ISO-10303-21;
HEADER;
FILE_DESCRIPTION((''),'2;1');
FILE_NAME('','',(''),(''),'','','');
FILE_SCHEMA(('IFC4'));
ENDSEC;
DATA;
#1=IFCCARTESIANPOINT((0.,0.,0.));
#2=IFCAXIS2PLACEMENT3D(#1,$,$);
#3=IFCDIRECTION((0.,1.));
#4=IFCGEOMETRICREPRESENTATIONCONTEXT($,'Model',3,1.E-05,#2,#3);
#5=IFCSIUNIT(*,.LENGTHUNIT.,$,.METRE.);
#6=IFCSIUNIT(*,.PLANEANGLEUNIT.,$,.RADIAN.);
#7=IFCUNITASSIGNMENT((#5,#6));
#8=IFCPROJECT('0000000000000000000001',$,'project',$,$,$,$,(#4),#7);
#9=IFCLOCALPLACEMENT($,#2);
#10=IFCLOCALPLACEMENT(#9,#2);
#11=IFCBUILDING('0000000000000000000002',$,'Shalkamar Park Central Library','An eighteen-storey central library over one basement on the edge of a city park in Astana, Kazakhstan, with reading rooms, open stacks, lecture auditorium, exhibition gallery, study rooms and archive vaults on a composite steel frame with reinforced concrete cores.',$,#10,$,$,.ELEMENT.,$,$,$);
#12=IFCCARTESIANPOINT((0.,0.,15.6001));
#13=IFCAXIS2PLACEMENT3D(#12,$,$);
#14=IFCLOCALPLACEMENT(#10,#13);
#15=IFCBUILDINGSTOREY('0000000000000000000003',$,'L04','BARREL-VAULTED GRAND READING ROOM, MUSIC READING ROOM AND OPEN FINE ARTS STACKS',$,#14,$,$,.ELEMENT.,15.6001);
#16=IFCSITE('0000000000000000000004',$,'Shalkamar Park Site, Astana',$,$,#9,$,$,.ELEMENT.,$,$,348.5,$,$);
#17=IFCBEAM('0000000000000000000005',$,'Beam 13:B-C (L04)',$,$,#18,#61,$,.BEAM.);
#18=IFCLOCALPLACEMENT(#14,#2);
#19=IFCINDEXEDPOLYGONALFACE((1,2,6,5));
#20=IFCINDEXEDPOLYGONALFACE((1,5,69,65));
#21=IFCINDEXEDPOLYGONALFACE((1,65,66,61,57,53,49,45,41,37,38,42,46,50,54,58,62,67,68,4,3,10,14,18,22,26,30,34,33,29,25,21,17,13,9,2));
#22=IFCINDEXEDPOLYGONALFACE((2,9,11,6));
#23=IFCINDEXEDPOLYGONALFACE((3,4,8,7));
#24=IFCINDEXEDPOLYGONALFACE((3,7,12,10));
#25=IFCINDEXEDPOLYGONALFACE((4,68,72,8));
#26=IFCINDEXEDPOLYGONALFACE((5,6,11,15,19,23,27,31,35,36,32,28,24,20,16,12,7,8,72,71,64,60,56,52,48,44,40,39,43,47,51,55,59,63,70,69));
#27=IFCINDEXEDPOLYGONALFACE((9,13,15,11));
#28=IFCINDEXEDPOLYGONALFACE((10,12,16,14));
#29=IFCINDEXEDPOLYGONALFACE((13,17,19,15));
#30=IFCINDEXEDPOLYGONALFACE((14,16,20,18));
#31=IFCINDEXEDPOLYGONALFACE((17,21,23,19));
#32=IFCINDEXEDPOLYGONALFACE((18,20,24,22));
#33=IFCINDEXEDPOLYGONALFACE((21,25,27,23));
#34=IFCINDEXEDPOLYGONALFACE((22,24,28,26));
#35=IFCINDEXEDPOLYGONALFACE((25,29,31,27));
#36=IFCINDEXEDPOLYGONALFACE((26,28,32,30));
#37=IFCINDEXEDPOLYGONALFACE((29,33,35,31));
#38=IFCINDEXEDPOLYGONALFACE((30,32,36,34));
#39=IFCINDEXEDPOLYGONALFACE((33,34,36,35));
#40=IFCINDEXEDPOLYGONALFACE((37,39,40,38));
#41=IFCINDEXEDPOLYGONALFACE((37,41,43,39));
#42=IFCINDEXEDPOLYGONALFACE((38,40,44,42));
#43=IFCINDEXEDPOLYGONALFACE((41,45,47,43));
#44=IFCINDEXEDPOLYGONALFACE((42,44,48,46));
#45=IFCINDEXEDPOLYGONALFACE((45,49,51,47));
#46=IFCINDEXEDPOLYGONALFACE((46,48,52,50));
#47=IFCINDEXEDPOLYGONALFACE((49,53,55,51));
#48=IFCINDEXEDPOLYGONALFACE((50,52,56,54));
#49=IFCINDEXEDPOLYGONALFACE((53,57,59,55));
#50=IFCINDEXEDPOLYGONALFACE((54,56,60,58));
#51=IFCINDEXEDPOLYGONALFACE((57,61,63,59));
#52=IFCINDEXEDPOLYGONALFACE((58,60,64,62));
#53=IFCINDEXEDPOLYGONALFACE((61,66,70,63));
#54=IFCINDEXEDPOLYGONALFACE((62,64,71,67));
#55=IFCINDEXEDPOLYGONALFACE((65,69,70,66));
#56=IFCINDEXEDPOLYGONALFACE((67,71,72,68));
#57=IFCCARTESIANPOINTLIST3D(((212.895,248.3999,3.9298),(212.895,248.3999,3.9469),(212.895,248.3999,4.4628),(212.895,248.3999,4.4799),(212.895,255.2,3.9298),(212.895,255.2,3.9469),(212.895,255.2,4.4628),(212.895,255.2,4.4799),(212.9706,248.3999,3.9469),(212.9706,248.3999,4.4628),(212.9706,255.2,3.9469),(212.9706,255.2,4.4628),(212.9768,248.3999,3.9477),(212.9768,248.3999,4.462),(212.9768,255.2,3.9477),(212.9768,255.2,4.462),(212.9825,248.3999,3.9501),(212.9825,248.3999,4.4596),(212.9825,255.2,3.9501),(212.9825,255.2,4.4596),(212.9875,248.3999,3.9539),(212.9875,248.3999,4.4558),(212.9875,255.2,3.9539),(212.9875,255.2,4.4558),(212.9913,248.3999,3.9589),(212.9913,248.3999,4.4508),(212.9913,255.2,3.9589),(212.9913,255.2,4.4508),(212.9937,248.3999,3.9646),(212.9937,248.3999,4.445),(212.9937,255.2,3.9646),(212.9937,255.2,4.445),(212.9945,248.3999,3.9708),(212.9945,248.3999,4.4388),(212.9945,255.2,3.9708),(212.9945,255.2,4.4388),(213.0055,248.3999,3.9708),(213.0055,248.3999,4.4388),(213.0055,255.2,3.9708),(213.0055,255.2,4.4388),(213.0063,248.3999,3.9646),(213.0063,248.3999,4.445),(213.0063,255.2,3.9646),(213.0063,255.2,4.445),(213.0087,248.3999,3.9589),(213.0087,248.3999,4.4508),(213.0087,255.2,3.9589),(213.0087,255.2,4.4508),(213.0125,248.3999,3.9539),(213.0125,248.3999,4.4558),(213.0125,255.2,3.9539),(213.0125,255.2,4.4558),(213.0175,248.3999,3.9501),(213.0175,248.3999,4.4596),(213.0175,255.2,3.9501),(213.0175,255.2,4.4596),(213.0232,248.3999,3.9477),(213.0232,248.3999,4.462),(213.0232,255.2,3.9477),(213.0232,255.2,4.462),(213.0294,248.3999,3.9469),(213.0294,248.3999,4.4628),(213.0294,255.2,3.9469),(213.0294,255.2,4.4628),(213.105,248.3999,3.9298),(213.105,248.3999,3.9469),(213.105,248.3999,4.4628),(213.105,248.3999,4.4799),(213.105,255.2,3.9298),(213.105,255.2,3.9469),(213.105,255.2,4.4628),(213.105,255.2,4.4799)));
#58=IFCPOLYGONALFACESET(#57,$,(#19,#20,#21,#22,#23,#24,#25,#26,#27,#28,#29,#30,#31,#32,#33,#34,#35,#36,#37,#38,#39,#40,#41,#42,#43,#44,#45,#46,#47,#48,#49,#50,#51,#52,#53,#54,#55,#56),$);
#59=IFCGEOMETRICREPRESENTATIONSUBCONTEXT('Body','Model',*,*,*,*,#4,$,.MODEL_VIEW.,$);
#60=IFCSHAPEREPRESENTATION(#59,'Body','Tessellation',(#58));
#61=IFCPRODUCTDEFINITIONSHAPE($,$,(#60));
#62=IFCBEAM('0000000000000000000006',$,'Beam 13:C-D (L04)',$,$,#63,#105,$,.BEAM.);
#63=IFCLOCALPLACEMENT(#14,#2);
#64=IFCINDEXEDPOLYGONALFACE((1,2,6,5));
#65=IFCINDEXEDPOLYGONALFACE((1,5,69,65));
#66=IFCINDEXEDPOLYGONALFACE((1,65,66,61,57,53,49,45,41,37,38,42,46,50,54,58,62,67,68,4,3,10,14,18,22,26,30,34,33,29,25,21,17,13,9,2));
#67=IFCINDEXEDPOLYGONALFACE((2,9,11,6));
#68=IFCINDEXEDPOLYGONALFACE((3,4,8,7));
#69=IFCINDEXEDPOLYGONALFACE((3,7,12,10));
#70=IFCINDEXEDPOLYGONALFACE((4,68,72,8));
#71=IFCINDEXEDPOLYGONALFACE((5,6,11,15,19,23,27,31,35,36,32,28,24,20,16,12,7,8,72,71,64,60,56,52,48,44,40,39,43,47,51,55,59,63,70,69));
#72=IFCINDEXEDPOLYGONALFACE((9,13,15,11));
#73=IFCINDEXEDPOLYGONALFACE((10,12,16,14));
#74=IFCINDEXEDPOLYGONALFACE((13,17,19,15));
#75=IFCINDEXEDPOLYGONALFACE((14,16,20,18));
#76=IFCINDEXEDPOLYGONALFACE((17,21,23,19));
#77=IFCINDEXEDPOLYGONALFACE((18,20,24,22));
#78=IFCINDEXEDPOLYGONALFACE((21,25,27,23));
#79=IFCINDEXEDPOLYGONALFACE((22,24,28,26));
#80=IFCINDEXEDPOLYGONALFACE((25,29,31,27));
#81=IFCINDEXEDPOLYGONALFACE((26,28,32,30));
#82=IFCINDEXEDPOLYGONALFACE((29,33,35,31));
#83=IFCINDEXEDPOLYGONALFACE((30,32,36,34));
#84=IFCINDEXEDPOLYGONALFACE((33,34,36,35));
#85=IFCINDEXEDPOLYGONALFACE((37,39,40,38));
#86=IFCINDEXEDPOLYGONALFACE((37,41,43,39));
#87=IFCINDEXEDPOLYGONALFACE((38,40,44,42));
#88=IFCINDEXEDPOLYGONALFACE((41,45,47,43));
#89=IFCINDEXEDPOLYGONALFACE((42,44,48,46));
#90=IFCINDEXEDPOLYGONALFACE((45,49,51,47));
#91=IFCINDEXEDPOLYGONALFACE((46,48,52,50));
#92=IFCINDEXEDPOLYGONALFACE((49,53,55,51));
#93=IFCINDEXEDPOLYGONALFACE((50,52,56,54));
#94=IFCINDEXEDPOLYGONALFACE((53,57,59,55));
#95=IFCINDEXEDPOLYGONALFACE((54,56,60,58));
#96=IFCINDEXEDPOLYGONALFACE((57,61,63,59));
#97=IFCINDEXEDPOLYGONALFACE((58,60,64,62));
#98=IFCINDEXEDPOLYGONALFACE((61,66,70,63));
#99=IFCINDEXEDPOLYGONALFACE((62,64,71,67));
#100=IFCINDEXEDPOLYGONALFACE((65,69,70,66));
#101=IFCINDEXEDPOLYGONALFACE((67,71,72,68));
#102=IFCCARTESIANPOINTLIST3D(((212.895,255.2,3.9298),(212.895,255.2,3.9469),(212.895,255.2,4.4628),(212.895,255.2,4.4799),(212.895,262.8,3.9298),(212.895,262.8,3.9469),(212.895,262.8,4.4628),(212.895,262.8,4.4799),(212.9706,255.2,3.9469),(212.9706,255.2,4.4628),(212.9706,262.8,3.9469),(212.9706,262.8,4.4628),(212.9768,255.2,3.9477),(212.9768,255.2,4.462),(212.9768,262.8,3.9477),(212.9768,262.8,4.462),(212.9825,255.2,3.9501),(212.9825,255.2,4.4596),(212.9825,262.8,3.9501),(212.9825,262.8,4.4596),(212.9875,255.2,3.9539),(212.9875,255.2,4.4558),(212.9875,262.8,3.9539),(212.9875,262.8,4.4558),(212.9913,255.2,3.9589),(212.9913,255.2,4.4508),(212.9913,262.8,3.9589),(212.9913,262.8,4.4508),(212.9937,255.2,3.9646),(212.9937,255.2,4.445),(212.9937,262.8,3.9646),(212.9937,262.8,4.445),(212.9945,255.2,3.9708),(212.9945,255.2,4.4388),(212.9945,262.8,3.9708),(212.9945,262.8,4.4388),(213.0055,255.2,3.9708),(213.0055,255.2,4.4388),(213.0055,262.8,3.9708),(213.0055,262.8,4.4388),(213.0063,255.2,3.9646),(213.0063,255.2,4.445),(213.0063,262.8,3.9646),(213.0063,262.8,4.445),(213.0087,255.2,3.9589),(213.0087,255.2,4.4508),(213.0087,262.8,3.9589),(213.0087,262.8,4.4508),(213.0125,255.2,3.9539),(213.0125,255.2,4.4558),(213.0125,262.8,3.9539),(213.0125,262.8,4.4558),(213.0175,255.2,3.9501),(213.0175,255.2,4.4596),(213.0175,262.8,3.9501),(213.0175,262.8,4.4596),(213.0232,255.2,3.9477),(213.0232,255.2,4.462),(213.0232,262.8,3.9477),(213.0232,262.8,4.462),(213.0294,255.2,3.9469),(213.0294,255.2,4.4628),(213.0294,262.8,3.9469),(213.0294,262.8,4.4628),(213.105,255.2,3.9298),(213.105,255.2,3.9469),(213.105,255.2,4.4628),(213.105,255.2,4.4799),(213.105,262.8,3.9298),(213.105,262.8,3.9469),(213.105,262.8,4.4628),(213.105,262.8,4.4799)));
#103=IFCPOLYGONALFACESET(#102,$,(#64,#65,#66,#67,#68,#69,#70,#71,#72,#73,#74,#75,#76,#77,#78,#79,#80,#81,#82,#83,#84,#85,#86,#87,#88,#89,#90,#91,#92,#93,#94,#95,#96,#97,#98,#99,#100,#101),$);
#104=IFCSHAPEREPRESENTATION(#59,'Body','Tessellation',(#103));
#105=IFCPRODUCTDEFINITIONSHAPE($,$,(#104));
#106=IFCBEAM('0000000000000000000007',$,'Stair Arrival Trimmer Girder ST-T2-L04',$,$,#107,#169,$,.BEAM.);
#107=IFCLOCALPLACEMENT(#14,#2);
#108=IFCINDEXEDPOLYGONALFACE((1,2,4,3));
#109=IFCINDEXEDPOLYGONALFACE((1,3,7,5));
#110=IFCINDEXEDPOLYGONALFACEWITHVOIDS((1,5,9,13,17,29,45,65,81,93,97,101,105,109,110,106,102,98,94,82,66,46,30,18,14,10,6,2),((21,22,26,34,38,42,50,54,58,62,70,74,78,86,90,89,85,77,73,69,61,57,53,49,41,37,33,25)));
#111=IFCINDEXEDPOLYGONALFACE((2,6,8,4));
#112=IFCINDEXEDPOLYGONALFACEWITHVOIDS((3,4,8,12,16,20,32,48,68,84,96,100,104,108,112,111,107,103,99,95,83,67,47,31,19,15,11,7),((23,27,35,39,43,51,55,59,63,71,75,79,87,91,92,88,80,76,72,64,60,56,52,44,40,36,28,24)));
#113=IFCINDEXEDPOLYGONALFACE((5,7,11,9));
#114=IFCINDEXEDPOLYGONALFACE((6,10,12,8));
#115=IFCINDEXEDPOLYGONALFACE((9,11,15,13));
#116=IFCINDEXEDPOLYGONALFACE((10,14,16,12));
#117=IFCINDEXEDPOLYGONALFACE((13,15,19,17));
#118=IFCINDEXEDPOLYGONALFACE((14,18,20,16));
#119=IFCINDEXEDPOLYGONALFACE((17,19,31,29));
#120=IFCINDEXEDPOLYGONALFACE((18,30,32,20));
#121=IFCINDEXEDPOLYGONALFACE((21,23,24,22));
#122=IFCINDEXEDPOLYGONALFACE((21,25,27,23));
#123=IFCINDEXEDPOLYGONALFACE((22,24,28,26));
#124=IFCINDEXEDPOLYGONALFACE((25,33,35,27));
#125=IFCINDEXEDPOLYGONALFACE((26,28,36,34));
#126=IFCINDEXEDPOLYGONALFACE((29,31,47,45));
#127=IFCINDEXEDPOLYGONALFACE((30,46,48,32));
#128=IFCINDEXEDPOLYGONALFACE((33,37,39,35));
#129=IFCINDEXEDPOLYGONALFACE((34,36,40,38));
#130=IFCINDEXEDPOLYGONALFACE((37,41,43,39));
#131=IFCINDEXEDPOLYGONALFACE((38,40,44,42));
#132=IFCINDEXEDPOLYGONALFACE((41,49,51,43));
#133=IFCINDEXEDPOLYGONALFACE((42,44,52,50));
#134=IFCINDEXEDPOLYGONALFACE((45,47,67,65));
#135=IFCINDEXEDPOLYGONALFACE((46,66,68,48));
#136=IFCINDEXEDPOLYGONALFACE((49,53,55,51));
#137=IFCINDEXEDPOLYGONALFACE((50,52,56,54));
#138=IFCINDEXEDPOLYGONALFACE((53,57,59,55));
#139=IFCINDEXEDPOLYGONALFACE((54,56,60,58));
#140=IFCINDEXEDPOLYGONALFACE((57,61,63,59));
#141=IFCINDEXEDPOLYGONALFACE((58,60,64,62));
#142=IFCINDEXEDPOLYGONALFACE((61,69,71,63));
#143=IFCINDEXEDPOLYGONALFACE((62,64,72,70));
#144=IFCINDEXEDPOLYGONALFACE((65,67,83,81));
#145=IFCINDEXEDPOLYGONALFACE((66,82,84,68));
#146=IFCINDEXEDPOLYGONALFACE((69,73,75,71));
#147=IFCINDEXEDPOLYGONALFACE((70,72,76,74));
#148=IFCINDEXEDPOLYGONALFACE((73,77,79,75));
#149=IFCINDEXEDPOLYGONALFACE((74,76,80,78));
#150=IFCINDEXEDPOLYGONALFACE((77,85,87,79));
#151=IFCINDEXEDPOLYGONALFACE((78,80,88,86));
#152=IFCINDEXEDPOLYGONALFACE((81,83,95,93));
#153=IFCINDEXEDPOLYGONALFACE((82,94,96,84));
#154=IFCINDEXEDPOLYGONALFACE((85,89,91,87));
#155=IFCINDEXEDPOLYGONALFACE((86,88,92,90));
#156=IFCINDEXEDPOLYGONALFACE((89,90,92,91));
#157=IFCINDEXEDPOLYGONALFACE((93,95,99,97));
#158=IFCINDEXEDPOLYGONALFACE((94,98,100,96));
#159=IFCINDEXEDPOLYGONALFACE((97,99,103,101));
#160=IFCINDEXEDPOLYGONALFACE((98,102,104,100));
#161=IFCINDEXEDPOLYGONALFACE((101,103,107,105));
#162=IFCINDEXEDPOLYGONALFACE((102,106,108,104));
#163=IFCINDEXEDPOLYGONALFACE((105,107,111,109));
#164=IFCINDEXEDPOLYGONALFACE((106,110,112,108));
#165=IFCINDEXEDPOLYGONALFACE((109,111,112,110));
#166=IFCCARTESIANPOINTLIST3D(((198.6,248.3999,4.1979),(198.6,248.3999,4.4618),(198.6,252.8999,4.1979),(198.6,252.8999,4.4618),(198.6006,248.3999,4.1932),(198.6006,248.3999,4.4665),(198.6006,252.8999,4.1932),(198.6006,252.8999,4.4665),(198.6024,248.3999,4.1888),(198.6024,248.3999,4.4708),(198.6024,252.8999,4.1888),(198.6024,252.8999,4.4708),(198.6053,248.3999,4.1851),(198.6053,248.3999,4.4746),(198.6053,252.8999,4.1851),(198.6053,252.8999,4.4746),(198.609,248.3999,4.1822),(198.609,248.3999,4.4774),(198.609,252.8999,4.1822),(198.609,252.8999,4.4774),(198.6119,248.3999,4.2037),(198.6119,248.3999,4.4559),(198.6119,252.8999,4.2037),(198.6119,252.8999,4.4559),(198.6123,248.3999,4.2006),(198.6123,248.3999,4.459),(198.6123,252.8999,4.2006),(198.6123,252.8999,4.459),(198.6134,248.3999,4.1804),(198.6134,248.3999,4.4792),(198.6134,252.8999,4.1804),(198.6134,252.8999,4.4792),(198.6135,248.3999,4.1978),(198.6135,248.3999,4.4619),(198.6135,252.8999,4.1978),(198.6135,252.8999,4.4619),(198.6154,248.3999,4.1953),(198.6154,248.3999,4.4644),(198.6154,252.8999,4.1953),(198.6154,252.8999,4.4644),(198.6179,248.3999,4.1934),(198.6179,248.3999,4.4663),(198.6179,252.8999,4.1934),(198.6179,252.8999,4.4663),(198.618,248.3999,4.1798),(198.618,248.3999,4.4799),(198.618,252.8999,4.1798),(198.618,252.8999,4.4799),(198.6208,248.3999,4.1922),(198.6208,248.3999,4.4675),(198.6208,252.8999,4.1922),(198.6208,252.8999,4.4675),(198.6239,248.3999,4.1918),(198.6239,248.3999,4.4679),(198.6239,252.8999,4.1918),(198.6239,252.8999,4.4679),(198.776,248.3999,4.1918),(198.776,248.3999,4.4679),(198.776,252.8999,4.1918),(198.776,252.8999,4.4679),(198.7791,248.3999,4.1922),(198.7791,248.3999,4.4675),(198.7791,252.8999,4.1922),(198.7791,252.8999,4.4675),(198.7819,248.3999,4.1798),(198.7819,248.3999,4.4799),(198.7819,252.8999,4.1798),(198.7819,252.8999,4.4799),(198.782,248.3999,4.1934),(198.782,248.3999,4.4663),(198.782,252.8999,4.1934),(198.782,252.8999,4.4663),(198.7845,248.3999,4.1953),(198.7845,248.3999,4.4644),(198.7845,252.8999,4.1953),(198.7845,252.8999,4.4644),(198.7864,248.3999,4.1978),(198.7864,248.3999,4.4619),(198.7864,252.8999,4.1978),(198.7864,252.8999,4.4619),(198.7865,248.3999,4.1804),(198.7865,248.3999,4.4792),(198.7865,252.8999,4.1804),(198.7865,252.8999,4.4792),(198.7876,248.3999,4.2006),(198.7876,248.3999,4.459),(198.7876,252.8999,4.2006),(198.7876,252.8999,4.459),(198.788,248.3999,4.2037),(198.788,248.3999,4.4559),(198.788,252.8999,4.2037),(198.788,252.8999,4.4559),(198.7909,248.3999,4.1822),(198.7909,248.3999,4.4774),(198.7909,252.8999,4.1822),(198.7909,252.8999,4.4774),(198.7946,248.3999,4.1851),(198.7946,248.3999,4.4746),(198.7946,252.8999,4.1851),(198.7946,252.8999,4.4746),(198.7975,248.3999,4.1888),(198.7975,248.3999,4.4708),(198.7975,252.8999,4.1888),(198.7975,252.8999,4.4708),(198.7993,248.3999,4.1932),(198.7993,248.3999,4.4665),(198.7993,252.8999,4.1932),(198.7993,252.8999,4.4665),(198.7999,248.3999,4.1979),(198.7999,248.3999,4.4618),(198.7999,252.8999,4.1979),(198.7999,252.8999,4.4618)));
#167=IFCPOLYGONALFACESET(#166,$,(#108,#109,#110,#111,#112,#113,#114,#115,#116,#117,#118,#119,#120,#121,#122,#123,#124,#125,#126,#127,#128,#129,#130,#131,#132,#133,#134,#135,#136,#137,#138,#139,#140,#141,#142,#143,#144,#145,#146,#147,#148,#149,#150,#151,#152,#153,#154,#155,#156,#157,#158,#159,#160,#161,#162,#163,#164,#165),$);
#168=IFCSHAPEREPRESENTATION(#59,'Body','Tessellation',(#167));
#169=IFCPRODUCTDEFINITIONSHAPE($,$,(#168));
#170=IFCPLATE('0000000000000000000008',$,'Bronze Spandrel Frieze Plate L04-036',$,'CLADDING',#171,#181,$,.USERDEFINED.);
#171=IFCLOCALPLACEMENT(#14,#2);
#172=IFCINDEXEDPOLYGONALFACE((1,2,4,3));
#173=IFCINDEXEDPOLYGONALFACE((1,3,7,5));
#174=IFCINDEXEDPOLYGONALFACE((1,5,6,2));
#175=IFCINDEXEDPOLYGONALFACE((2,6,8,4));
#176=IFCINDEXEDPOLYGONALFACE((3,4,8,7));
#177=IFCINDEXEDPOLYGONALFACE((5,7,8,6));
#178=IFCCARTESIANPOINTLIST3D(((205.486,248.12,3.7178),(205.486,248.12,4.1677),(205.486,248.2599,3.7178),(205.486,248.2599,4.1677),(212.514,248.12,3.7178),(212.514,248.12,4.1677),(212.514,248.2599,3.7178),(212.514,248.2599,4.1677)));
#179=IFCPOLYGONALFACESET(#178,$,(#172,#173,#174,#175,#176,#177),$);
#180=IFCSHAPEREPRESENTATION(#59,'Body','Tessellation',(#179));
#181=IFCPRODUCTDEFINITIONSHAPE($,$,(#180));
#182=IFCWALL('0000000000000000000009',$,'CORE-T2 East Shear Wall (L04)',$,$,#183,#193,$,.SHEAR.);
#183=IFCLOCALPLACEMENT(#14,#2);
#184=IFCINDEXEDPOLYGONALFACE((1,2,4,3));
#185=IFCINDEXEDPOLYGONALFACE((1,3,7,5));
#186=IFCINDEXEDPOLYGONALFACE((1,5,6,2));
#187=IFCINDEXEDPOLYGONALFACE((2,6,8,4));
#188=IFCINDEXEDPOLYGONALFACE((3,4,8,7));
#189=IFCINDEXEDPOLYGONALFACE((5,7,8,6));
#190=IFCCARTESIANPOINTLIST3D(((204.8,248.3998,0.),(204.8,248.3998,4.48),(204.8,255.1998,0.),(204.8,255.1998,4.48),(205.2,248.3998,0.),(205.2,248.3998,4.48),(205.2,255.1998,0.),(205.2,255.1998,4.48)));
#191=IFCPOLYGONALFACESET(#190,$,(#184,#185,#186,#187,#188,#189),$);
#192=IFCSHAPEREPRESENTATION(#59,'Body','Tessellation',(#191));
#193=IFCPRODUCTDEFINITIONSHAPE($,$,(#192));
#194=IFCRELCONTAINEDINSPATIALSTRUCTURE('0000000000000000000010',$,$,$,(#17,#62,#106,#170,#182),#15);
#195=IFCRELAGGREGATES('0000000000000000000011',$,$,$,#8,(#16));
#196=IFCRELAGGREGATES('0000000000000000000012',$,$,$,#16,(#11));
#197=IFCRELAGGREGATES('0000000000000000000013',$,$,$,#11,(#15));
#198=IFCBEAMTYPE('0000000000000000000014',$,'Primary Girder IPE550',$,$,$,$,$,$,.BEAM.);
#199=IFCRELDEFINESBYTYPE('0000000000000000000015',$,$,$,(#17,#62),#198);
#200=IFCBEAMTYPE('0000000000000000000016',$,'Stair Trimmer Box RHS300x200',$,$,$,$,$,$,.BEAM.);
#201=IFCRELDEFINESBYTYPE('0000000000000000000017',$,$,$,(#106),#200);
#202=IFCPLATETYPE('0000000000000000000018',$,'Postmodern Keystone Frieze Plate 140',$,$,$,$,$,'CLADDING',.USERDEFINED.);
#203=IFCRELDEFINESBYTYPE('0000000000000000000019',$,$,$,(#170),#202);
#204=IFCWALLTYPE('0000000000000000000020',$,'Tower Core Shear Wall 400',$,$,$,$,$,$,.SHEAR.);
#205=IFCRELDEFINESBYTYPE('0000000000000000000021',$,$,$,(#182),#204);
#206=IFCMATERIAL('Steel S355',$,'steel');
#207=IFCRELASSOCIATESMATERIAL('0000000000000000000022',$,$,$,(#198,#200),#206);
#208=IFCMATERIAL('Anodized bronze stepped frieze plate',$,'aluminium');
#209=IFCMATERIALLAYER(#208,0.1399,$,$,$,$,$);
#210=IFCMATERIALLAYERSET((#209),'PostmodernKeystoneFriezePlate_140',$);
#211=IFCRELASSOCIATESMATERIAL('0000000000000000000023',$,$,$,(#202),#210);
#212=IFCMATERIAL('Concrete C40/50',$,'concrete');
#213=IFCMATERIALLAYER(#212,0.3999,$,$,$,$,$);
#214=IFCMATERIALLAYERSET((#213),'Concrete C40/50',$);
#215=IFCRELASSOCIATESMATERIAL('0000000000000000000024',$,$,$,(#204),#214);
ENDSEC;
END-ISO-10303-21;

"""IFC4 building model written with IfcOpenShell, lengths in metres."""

from ifc_helpers import new_model, si_unit, direction, frame, frame_2d, origin, origin_2d, place, context, subcontext, project, spatial, rectangle, hollow_rectangle, i_section, extrude, material, layer, layer_set, material_profile, profile_set, type_object, element, save


model = new_model("IFC4")

# Units and contexts
model_context = context("Model", 3, precision=1e-05, world=origin(), true_north=direction((0.0, 1.0)))
body_context = subcontext(model_context, "Body", "Model", "MODEL_VIEW")
ifc_project = project(units=[si_unit("LENGTHUNIT", "METRE"), si_unit("PLANEANGLEUNIT", "RADIAN")], contexts=[model_context])

# Site, building, storey
site_placement = place(None, origin())
site = spatial("IfcSite", under=ifc_project, at=site_placement, Name="Shalkamar Park Site, Astana", CompositionType="ELEMENT", RefElevation=348.5)
building_placement = place(site_placement, origin())
building = spatial("IfcBuilding", under=site, at=building_placement, Name="Shalkamar Park Central Library", Description="An eighteen-storey central library over one basement on the edge of a city park in Astana, Kazakhstan, with reading rooms, open stacks, lecture auditorium, exhibition gallery, study rooms and archive vaults on a composite steel frame with reinforced concrete cores.", CompositionType="ELEMENT")
storey_placement = place(building_placement, frame((0.0, 0.0, 15.6001)))
storey = spatial("IfcBuildingStorey", under=building, at=storey_placement, Name="L04", Description="BARREL-VAULTED GRAND READING ROOM, MUSIC READING ROOM AND OPEN FINE ARTS STACKS", CompositionType="ELEMENT", Elevation=15.6001)

# Shared definitions
ifc_material_1 = material(Name="Steel S355", Category="steel")

# Beams
ifc_material_profile_1 = material_profile(ifc_material_1, i_section(OverallWidth=0.21, OverallDepth=0.55, WebThickness=0.011, FlangeThickness=0.0171, FilletRadius=0.0239, at=origin_2d()), Name="IPE 550")
ifc_profile_set_1 = profile_set([ifc_material_profile_1], Name="Steel S355")
beam_type_1 = type_object("IfcBeamType", Name="Primary Girder IPE550", PredefinedType="BEAM", material=ifc_profile_set_1)
beam_1_placement = place(storey_placement, frame((213.0, 248.3999, 4.2048), z_axis=(0.0, 1.0, 0.0), x_axis=(-1.0, 0.0, 0.0)))
element("IfcBeam", 1, at=beam_1_placement, inside=storey, type_object=beam_type_1, Name="Beam 13:B-C (L04)", PredefinedType="BEAM", context=body_context, shape_type="SweptSolid", body=[
    extrude(i_section(OverallWidth=0.21, OverallDepth=0.55, WebThickness=0.011, FlangeThickness=0.0171, FilletRadius=0.0239, at=origin_2d()), origin(), (0.0, 0.0, 1.0), 6.8),
])
beam_2_placement = place(storey_placement, frame((213.0, 255.2, 4.2048), z_axis=(0.0, 1.0, 0.0), x_axis=(-1.0, 0.0, 0.0)))
element("IfcBeam", 2, at=beam_2_placement, inside=storey, type_object=beam_type_1, Name="Beam 13:C-D (L04)", PredefinedType="BEAM", context=body_context, shape_type="SweptSolid", body=[
    extrude(i_section(OverallWidth=0.21, OverallDepth=0.55, WebThickness=0.011, FlangeThickness=0.0171, FilletRadius=0.0239, at=origin_2d()), origin(), (0.0, 0.0, 1.0), 7.6001),
])
ifc_material_profile_2 = material_profile(ifc_material_1, hollow_rectangle(XDim=0.2, YDim=0.3, WallThickness=0.012, InnerFilletRadius=0.012, OuterFilletRadius=0.0181, at=origin_2d()), Name="RHS 300x200x12")
ifc_profile_set_2 = profile_set([ifc_material_profile_2], Name="Steel S355")
beam_type_2 = type_object("IfcBeamType", Name="Stair Trimmer Box RHS300x200", PredefinedType="BEAM", material=ifc_profile_set_2)
beam_3_placement = place(storey_placement, frame((198.7, 248.3999, 4.3298), z_axis=(0.0, 1.0, 0.0), x_axis=(-1.0, 0.0, 0.0)))
element("IfcBeam", 3, at=beam_3_placement, inside=storey, type_object=beam_type_2, Name="Stair Arrival Trimmer Girder ST-T2-L04", PredefinedType="BEAM", context=body_context, shape_type="SweptSolid", body=[
    extrude(hollow_rectangle(XDim=0.2, YDim=0.3, WallThickness=0.012, InnerFilletRadius=0.012, OuterFilletRadius=0.0181, at=origin_2d()), origin(), (0.0, 0.0, 1.0), 4.5),
])

# Plate
ifc_material_2 = material(Name="Anodized bronze stepped frieze plate", Category="aluminium")
ifc_layer_1 = layer(ifc_material_2, 0.1399)
ifc_layer_set_1 = layer_set([ifc_layer_1], Name="PostmodernKeystoneFriezePlate_140")
plate_type = type_object("IfcPlateType", Name="Postmodern Keystone Frieze Plate 140", ElementType="CLADDING", PredefinedType="USERDEFINED", material=ifc_layer_set_1)
plate_placement = place(storey_placement, frame((209.0, 248.1899, 3.7178), z_axis=(0.0, 0.0, 1.0), x_axis=(1.0, 0.0, 0.0)))
element("IfcPlate", 4, at=plate_placement, inside=storey, type_object=plate_type, Name="Bronze Spandrel Frieze Plate L04-036", ObjectType="CLADDING", PredefinedType="USERDEFINED", context=body_context, shape_type="SweptSolid", body=[
    extrude(rectangle(XDim=7.0281, YDim=0.1399, at=origin_2d()), origin(), (0.0, 0.0, 1.0), 0.45),
])

# Wall
ifc_material_3 = material(Name="Concrete C40/50", Category="concrete")
ifc_layer_2 = layer(ifc_material_3, 0.3999)
ifc_layer_set_2 = layer_set([ifc_layer_2], Name="Concrete C40/50")
wall_type_1 = type_object("IfcWallType", Name="Tower Core Shear Wall 400", PredefinedType="SHEAR", material=ifc_layer_set_2)
wall_1_placement = place(storey_placement, frame((205.0, 248.3999, 0.0), z_axis=(0.0, 0.0, 1.0), x_axis=(0.0, 1.0, 0.0)))
element("IfcWall", 5, at=wall_1_placement, inside=storey, type_object=wall_type_1, Name="CORE-T2 East Shear Wall (L04)", PredefinedType="SHEAR", context=body_context, shape_type="SweptSolid", body=[
    extrude(rectangle(XDim=6.8, YDim=0.3999, at=frame_2d((3.3999, 0.0))), origin(), (0.0, 0.0, 1.0), 4.48),
])

save(model, "model.ifc")
